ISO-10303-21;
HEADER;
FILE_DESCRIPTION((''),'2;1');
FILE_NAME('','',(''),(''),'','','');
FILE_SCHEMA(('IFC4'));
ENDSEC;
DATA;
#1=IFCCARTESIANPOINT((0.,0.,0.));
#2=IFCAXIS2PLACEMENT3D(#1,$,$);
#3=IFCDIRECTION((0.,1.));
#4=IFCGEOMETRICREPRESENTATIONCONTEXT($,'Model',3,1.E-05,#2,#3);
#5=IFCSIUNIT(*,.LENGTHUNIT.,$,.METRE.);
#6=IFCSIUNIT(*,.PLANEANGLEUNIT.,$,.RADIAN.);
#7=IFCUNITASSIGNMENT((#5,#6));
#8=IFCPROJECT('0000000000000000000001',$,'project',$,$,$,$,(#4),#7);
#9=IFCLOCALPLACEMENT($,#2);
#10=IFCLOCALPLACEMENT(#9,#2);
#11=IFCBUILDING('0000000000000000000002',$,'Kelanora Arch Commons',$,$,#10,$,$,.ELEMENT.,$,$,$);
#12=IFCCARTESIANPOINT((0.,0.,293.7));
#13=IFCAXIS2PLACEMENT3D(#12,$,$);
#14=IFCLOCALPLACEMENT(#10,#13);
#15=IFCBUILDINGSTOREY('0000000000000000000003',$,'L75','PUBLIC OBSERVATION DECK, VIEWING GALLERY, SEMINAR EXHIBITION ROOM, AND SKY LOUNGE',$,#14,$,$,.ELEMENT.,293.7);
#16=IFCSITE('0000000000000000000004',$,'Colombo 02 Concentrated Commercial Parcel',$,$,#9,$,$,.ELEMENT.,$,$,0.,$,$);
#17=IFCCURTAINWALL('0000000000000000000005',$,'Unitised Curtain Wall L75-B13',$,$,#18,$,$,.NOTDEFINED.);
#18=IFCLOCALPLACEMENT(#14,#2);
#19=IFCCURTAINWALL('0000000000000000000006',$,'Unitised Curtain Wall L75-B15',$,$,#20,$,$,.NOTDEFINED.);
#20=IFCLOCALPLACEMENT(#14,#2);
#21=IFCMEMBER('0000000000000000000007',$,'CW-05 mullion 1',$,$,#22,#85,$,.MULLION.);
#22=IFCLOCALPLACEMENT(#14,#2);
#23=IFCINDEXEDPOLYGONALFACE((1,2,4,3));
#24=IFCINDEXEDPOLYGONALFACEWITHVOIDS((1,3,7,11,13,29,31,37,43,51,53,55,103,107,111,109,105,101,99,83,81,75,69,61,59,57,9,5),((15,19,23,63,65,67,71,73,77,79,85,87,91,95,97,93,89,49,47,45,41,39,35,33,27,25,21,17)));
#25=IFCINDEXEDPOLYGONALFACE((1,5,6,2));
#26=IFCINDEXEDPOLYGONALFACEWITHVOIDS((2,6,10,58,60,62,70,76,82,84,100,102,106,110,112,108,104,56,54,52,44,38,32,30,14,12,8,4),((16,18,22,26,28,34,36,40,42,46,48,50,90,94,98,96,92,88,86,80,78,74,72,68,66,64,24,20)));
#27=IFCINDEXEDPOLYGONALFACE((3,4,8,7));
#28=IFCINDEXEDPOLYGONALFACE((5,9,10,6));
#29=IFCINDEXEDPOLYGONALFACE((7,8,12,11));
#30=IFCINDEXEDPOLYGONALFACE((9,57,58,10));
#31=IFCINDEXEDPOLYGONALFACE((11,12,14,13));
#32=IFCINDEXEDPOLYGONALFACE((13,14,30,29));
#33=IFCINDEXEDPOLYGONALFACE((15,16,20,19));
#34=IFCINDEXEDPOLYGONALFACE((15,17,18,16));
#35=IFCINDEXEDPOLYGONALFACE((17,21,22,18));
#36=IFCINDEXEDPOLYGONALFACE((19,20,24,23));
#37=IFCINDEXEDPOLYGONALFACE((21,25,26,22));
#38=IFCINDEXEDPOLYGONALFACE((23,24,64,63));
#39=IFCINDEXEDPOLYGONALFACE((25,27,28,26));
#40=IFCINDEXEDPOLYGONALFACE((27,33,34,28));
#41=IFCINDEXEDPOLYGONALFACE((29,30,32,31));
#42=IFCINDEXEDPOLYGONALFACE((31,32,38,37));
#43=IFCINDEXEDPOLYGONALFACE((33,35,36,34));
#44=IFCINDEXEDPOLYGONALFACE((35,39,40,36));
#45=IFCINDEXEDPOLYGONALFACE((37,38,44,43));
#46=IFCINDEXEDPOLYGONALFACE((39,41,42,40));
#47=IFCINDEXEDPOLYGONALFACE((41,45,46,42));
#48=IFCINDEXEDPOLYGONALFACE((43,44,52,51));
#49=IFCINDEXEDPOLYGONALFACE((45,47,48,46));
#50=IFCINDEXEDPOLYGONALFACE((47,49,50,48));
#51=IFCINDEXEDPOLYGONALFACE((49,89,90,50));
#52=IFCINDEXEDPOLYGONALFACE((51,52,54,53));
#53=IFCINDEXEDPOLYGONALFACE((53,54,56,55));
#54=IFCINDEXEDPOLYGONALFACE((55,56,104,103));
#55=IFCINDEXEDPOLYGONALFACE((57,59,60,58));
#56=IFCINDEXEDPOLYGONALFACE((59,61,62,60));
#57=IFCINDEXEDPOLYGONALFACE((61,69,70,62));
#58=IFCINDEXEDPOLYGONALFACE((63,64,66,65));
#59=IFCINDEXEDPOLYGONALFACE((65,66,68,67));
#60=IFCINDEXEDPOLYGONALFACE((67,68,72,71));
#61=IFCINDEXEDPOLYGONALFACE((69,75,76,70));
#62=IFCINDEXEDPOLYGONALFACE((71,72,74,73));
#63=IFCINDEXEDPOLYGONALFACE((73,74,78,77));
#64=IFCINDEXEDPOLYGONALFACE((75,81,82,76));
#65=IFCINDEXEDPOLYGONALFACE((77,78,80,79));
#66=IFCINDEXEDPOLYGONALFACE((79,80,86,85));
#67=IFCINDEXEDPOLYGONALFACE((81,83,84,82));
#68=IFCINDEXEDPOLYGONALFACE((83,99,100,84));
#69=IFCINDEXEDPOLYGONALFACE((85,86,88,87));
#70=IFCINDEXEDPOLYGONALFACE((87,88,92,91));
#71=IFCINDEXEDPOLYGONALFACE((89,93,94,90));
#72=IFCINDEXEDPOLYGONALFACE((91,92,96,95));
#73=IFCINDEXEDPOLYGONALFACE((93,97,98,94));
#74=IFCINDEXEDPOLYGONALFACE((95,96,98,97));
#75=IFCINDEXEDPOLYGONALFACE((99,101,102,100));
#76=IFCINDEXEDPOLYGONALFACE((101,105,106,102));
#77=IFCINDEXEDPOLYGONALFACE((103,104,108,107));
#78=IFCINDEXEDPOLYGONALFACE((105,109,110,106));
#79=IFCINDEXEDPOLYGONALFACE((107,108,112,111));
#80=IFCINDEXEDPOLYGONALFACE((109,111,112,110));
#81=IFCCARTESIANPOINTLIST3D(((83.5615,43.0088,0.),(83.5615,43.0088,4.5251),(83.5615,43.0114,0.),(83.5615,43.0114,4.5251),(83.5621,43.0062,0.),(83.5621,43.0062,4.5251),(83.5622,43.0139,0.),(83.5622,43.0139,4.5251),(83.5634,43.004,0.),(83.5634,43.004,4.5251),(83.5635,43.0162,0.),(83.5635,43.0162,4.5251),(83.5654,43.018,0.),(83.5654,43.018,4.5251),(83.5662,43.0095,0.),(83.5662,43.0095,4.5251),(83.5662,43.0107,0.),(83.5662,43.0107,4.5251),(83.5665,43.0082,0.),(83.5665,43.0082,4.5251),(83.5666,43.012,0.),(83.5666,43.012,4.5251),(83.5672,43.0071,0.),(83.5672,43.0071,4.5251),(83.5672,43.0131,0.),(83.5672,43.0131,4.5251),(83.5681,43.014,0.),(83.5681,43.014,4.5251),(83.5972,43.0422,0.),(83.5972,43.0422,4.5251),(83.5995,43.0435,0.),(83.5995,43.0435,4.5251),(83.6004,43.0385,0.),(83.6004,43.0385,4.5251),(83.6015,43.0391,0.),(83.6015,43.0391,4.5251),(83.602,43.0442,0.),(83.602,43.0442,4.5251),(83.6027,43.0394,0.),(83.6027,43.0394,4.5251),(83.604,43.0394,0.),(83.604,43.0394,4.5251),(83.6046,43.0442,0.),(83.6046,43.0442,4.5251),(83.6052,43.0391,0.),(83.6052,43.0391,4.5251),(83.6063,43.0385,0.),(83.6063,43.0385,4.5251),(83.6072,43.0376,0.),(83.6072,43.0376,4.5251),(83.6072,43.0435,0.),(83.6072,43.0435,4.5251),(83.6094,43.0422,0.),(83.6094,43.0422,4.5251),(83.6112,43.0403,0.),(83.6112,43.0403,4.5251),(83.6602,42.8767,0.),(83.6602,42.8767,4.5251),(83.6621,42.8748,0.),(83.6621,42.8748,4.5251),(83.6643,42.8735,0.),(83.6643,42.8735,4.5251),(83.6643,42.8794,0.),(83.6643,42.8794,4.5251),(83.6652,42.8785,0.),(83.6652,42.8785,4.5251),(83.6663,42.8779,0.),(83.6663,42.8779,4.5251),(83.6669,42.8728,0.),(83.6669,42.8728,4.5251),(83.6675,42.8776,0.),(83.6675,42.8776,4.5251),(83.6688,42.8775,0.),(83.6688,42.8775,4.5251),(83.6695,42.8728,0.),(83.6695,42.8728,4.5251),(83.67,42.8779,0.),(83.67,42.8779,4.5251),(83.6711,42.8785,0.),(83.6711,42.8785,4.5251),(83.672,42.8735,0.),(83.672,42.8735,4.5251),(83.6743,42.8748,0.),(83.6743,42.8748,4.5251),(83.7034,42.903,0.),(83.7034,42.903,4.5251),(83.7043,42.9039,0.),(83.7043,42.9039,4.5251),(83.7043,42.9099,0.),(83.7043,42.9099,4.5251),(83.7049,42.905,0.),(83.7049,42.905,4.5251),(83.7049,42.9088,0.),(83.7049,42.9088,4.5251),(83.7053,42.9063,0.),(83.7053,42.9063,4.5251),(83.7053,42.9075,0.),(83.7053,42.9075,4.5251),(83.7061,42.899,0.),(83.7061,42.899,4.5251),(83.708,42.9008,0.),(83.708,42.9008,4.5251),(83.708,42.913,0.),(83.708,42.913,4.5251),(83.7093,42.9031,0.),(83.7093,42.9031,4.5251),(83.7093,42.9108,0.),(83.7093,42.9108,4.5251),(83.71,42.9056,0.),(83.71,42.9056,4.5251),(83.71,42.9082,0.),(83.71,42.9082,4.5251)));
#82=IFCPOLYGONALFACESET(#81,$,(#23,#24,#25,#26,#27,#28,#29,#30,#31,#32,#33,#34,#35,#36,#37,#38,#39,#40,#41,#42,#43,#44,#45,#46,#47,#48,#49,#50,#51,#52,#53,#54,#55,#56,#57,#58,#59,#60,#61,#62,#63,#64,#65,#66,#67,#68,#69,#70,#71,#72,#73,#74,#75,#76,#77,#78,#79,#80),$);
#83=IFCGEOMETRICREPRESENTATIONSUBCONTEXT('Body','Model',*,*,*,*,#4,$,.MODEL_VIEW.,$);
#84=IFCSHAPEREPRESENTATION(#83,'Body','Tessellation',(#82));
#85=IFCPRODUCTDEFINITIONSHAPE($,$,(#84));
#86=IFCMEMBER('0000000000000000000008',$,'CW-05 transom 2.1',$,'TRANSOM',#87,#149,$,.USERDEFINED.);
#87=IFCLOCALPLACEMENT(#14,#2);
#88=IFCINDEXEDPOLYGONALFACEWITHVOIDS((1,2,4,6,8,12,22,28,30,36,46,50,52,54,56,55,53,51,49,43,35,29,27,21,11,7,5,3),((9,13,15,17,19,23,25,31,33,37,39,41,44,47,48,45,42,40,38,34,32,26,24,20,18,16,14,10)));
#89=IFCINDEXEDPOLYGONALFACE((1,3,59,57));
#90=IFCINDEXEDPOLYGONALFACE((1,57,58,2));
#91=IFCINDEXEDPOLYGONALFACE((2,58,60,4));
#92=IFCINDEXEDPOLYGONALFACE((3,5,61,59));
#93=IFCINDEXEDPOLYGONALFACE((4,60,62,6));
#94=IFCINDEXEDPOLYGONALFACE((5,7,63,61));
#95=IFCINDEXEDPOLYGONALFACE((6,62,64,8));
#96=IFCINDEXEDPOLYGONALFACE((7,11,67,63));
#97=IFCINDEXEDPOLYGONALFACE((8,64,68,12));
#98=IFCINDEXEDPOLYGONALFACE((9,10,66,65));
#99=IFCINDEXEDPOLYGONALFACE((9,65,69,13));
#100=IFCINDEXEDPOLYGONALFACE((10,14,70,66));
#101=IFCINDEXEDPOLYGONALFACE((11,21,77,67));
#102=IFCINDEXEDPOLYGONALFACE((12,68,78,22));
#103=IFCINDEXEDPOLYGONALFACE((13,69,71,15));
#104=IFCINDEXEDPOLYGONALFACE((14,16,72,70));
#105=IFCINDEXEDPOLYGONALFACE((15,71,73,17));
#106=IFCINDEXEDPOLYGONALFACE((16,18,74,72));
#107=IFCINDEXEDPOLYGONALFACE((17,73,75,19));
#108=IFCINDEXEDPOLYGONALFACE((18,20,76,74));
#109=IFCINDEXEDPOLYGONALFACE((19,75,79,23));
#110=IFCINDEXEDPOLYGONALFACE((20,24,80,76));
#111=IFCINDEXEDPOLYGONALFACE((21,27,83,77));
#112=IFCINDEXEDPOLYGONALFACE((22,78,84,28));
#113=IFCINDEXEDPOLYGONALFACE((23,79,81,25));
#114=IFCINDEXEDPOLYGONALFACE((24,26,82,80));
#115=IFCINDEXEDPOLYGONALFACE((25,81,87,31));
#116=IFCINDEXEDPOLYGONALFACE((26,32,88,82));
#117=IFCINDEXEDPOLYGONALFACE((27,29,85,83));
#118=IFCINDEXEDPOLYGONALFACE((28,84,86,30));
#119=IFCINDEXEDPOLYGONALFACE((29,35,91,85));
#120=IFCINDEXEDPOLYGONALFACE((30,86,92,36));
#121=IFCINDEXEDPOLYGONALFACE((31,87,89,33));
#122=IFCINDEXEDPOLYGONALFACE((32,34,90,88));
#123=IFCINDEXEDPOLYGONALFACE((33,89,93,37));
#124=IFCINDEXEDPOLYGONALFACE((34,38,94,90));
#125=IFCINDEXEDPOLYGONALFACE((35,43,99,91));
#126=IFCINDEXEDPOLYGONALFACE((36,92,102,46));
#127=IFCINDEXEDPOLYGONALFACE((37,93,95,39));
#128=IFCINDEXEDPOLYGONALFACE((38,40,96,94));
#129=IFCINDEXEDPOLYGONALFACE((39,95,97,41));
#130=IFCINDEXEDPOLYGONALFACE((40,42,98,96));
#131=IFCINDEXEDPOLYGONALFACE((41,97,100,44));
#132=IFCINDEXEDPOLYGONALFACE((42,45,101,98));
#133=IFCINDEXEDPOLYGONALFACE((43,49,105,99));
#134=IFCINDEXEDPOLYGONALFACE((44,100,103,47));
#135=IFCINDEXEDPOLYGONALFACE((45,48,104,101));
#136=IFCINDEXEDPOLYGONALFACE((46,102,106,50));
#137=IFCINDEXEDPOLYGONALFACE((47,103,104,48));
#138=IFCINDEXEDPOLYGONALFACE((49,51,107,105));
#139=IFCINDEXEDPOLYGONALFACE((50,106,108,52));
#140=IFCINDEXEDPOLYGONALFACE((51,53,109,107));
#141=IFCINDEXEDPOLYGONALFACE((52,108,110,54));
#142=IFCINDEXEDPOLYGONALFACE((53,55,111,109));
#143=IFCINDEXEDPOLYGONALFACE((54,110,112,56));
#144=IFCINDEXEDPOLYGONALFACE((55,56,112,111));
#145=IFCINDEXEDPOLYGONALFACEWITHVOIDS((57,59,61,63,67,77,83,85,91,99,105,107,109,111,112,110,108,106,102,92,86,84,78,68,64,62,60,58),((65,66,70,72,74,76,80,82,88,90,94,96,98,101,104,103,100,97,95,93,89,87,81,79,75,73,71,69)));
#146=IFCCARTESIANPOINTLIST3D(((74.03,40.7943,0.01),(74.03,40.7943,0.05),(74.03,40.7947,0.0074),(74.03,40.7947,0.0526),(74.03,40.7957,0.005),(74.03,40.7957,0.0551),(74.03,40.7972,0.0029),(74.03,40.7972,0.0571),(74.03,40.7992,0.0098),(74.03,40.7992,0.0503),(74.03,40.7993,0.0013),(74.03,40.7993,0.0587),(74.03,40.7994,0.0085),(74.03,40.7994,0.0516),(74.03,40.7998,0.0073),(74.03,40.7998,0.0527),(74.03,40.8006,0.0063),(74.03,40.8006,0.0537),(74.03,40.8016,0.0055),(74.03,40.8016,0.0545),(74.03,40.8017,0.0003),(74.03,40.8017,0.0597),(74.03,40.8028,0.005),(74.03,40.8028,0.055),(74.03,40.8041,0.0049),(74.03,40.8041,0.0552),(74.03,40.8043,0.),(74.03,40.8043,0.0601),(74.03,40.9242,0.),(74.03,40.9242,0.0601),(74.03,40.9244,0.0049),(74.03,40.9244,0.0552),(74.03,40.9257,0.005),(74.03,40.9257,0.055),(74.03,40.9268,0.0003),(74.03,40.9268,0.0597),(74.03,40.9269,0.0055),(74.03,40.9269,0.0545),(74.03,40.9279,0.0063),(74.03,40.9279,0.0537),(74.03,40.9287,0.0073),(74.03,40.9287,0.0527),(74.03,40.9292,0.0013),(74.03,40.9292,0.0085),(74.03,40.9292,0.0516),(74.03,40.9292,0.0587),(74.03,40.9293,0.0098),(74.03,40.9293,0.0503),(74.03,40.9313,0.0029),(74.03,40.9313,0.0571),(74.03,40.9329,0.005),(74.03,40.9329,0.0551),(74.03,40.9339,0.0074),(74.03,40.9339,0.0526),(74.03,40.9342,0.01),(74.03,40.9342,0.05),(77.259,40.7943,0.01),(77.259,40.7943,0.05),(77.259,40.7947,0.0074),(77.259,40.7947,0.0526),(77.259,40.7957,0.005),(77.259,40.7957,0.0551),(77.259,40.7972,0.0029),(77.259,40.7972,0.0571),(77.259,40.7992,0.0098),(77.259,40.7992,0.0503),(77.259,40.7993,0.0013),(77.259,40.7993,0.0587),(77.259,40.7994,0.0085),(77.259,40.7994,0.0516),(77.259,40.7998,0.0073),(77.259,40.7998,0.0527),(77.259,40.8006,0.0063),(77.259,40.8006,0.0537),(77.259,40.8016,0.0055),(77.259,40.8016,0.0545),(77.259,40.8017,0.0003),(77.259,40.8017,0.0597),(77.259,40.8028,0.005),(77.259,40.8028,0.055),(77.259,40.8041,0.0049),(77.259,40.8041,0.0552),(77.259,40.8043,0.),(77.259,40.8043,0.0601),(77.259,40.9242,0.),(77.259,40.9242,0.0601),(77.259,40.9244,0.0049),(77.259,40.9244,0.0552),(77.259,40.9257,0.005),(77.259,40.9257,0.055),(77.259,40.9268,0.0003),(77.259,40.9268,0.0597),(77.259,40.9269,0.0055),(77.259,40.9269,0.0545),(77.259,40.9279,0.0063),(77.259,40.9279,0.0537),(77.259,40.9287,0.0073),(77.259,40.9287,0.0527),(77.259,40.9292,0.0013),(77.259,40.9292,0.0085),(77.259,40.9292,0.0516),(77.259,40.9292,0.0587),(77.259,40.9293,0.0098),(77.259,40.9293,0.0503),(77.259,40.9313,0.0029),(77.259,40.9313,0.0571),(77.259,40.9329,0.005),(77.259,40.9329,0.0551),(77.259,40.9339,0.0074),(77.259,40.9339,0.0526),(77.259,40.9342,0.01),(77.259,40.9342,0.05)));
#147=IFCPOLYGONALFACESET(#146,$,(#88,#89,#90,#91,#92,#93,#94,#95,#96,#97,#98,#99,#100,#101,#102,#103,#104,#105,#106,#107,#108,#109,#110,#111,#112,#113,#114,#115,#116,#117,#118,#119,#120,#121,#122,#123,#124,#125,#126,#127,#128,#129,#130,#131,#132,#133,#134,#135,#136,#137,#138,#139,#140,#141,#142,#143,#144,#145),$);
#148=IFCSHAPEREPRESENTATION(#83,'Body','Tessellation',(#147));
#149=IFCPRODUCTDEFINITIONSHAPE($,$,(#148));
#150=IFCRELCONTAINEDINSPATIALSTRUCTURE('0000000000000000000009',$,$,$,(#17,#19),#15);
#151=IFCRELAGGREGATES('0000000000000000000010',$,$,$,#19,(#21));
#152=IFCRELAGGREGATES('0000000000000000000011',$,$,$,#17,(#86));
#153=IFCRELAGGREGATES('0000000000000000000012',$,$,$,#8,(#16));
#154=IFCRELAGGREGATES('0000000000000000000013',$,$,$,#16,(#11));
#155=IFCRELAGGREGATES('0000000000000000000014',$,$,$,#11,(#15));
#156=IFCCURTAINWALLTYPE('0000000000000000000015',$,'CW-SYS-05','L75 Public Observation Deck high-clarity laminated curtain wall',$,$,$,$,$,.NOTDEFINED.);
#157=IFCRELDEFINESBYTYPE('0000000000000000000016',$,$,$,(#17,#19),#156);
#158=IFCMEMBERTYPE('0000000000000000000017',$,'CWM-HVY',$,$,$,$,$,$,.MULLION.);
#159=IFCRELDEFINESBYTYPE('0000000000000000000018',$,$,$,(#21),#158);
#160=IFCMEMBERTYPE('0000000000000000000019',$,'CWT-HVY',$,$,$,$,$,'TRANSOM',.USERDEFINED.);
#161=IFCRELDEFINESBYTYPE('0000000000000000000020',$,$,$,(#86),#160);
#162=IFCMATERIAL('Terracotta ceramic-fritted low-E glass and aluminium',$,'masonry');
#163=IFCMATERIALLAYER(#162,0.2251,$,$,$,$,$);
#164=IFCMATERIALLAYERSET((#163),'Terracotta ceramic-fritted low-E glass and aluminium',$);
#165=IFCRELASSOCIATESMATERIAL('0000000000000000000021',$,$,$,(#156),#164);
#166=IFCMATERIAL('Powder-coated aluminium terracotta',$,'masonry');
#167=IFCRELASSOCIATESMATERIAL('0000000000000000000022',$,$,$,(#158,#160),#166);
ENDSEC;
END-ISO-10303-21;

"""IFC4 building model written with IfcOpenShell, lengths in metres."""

from ifc_helpers import new_model, si_unit, direction, frame, origin, origin_2d, place, context, subcontext, project, spatial, hollow_rectangle, extrude, material, layer, layer_set, material_profile, profile_set, type_object, element, aggregate, save


model = new_model("IFC4")

# Units and contexts
model_context = context("Model", 3, precision=1e-05, world=origin(), true_north=direction((0.0, 1.0)))
body_context = subcontext(model_context, "Body", "Model", "MODEL_VIEW")
ifc_project = project(units=[si_unit("LENGTHUNIT", "METRE"), si_unit("PLANEANGLEUNIT", "RADIAN")], contexts=[model_context])

# Site, building, storey
site_placement = place(None, origin())
site = spatial("IfcSite", under=ifc_project, at=site_placement, Name="Colombo 02 Concentrated Commercial Parcel", CompositionType="ELEMENT", RefElevation=0.0)
building_placement = place(site_placement, origin())
building = spatial("IfcBuilding", under=site, at=building_placement, Name="Kelanora Arch Commons", CompositionType="ELEMENT")
storey_placement = place(building_placement, frame((0.0, 0.0, 293.7)))
storey = spatial("IfcBuildingStorey", under=building, at=storey_placement, Name="L75", Description="PUBLIC OBSERVATION DECK, VIEWING GALLERY, SEMINAR EXHIBITION ROOM, AND SKY LOUNGE", CompositionType="ELEMENT", Elevation=293.7)

# Curtain wall
ifc_material_1 = material(Name="Terracotta ceramic-fritted low-E glass and aluminium", Category="masonry")
ifc_layer_1 = layer(ifc_material_1, 0.2251)
ifc_layer_set_1 = layer_set([ifc_layer_1], Name="Terracotta ceramic-fritted low-E glass and aluminium")
curtain_wall_type = type_object("IfcCurtainWallType", Name="CW-SYS-05", Description="L75 Public Observation Deck high-clarity laminated curtain wall", PredefinedType="NOTDEFINED", material=ifc_layer_set_1)
curtain_wall_1_placement = place(storey_placement, origin())
curtain_wall_1 = element("IfcCurtainWall", 1, at=curtain_wall_1_placement, inside=storey, type_object=curtain_wall_type, Name="Unitised Curtain Wall L75-B13", PredefinedType="NOTDEFINED")
ifc_material_2 = material(Name="Powder-coated aluminium terracotta", Category="masonry")
ifc_material_profile_1 = material_profile(ifc_material_2, hollow_rectangle(XDim=0.1799, YDim=0.0601, WallThickness=0.0049, InnerFilletRadius=0.0049, OuterFilletRadius=0.01, at=origin_2d()), Name="CWM180x60")
ifc_profile_set_1 = profile_set([ifc_material_profile_1], Name="Powder-coated aluminium terracotta")
member_type_1 = type_object("IfcMemberType", Name="CWM-HVY", PredefinedType="MULLION", material=ifc_profile_set_1)

# Curtain wall, member
curtain_wall_2_placement = place(storey_placement, origin())
curtain_wall_2 = element("IfcCurtainWall", 2, at=curtain_wall_2_placement, inside=storey, type_object=curtain_wall_type, Name="Unitised Curtain Wall L75-B15", PredefinedType="NOTDEFINED")
member_1_placement = place(storey_placement, frame((83.6357, 42.9585, 0.0), z_axis=(0.0, 0.0, 1.0), x_axis=(-0.605285, 0.796009, 0.0)))
member_1 = element("IfcMember", 3, at=member_1_placement, type_object=member_type_1, Name="CW-05 mullion 1", PredefinedType="MULLION", context=body_context, shape_type="SweptSolid", body=[
    extrude(hollow_rectangle(XDim=0.1799, YDim=0.0601, WallThickness=0.0049, InnerFilletRadius=0.0049, OuterFilletRadius=0.01, at=origin_2d()), origin(), (0.0, 0.0, 1.0), 4.5251),
])

# Member
ifc_material_profile_2 = material_profile(ifc_material_2, hollow_rectangle(XDim=0.1399, YDim=0.0601, WallThickness=0.0049, InnerFilletRadius=0.0049, OuterFilletRadius=0.01, at=origin_2d()), Name="CWT140x60")
ifc_profile_set_2 = profile_set([ifc_material_profile_2], Name="Powder-coated aluminium terracotta")
member_type_2 = type_object("IfcMemberType", Name="CWT-HVY", ElementType="TRANSOM", PredefinedType="USERDEFINED", material=ifc_profile_set_2)
member_2_placement = place(storey_placement, frame((74.03, 40.8643, 0.03), z_axis=(1.0, 0.0, 0.0), x_axis=(0.0, 1.0, 0.0)))
member_2 = element("IfcMember", 4, at=member_2_placement, type_object=member_type_2, Name="CW-05 transom 2.1", ObjectType="TRANSOM", PredefinedType="USERDEFINED", context=body_context, shape_type="SweptSolid", body=[
    extrude(hollow_rectangle(XDim=0.1399, YDim=0.0601, WallThickness=0.0049, InnerFilletRadius=0.0049, OuterFilletRadius=0.01, at=origin_2d()), origin(), (0.0, 0.0, 1.0), 3.229),
])
aggregate(curtain_wall_2, [member_1])

aggregate(curtain_wall_1, [member_2])

save(model, "model.ifc")
